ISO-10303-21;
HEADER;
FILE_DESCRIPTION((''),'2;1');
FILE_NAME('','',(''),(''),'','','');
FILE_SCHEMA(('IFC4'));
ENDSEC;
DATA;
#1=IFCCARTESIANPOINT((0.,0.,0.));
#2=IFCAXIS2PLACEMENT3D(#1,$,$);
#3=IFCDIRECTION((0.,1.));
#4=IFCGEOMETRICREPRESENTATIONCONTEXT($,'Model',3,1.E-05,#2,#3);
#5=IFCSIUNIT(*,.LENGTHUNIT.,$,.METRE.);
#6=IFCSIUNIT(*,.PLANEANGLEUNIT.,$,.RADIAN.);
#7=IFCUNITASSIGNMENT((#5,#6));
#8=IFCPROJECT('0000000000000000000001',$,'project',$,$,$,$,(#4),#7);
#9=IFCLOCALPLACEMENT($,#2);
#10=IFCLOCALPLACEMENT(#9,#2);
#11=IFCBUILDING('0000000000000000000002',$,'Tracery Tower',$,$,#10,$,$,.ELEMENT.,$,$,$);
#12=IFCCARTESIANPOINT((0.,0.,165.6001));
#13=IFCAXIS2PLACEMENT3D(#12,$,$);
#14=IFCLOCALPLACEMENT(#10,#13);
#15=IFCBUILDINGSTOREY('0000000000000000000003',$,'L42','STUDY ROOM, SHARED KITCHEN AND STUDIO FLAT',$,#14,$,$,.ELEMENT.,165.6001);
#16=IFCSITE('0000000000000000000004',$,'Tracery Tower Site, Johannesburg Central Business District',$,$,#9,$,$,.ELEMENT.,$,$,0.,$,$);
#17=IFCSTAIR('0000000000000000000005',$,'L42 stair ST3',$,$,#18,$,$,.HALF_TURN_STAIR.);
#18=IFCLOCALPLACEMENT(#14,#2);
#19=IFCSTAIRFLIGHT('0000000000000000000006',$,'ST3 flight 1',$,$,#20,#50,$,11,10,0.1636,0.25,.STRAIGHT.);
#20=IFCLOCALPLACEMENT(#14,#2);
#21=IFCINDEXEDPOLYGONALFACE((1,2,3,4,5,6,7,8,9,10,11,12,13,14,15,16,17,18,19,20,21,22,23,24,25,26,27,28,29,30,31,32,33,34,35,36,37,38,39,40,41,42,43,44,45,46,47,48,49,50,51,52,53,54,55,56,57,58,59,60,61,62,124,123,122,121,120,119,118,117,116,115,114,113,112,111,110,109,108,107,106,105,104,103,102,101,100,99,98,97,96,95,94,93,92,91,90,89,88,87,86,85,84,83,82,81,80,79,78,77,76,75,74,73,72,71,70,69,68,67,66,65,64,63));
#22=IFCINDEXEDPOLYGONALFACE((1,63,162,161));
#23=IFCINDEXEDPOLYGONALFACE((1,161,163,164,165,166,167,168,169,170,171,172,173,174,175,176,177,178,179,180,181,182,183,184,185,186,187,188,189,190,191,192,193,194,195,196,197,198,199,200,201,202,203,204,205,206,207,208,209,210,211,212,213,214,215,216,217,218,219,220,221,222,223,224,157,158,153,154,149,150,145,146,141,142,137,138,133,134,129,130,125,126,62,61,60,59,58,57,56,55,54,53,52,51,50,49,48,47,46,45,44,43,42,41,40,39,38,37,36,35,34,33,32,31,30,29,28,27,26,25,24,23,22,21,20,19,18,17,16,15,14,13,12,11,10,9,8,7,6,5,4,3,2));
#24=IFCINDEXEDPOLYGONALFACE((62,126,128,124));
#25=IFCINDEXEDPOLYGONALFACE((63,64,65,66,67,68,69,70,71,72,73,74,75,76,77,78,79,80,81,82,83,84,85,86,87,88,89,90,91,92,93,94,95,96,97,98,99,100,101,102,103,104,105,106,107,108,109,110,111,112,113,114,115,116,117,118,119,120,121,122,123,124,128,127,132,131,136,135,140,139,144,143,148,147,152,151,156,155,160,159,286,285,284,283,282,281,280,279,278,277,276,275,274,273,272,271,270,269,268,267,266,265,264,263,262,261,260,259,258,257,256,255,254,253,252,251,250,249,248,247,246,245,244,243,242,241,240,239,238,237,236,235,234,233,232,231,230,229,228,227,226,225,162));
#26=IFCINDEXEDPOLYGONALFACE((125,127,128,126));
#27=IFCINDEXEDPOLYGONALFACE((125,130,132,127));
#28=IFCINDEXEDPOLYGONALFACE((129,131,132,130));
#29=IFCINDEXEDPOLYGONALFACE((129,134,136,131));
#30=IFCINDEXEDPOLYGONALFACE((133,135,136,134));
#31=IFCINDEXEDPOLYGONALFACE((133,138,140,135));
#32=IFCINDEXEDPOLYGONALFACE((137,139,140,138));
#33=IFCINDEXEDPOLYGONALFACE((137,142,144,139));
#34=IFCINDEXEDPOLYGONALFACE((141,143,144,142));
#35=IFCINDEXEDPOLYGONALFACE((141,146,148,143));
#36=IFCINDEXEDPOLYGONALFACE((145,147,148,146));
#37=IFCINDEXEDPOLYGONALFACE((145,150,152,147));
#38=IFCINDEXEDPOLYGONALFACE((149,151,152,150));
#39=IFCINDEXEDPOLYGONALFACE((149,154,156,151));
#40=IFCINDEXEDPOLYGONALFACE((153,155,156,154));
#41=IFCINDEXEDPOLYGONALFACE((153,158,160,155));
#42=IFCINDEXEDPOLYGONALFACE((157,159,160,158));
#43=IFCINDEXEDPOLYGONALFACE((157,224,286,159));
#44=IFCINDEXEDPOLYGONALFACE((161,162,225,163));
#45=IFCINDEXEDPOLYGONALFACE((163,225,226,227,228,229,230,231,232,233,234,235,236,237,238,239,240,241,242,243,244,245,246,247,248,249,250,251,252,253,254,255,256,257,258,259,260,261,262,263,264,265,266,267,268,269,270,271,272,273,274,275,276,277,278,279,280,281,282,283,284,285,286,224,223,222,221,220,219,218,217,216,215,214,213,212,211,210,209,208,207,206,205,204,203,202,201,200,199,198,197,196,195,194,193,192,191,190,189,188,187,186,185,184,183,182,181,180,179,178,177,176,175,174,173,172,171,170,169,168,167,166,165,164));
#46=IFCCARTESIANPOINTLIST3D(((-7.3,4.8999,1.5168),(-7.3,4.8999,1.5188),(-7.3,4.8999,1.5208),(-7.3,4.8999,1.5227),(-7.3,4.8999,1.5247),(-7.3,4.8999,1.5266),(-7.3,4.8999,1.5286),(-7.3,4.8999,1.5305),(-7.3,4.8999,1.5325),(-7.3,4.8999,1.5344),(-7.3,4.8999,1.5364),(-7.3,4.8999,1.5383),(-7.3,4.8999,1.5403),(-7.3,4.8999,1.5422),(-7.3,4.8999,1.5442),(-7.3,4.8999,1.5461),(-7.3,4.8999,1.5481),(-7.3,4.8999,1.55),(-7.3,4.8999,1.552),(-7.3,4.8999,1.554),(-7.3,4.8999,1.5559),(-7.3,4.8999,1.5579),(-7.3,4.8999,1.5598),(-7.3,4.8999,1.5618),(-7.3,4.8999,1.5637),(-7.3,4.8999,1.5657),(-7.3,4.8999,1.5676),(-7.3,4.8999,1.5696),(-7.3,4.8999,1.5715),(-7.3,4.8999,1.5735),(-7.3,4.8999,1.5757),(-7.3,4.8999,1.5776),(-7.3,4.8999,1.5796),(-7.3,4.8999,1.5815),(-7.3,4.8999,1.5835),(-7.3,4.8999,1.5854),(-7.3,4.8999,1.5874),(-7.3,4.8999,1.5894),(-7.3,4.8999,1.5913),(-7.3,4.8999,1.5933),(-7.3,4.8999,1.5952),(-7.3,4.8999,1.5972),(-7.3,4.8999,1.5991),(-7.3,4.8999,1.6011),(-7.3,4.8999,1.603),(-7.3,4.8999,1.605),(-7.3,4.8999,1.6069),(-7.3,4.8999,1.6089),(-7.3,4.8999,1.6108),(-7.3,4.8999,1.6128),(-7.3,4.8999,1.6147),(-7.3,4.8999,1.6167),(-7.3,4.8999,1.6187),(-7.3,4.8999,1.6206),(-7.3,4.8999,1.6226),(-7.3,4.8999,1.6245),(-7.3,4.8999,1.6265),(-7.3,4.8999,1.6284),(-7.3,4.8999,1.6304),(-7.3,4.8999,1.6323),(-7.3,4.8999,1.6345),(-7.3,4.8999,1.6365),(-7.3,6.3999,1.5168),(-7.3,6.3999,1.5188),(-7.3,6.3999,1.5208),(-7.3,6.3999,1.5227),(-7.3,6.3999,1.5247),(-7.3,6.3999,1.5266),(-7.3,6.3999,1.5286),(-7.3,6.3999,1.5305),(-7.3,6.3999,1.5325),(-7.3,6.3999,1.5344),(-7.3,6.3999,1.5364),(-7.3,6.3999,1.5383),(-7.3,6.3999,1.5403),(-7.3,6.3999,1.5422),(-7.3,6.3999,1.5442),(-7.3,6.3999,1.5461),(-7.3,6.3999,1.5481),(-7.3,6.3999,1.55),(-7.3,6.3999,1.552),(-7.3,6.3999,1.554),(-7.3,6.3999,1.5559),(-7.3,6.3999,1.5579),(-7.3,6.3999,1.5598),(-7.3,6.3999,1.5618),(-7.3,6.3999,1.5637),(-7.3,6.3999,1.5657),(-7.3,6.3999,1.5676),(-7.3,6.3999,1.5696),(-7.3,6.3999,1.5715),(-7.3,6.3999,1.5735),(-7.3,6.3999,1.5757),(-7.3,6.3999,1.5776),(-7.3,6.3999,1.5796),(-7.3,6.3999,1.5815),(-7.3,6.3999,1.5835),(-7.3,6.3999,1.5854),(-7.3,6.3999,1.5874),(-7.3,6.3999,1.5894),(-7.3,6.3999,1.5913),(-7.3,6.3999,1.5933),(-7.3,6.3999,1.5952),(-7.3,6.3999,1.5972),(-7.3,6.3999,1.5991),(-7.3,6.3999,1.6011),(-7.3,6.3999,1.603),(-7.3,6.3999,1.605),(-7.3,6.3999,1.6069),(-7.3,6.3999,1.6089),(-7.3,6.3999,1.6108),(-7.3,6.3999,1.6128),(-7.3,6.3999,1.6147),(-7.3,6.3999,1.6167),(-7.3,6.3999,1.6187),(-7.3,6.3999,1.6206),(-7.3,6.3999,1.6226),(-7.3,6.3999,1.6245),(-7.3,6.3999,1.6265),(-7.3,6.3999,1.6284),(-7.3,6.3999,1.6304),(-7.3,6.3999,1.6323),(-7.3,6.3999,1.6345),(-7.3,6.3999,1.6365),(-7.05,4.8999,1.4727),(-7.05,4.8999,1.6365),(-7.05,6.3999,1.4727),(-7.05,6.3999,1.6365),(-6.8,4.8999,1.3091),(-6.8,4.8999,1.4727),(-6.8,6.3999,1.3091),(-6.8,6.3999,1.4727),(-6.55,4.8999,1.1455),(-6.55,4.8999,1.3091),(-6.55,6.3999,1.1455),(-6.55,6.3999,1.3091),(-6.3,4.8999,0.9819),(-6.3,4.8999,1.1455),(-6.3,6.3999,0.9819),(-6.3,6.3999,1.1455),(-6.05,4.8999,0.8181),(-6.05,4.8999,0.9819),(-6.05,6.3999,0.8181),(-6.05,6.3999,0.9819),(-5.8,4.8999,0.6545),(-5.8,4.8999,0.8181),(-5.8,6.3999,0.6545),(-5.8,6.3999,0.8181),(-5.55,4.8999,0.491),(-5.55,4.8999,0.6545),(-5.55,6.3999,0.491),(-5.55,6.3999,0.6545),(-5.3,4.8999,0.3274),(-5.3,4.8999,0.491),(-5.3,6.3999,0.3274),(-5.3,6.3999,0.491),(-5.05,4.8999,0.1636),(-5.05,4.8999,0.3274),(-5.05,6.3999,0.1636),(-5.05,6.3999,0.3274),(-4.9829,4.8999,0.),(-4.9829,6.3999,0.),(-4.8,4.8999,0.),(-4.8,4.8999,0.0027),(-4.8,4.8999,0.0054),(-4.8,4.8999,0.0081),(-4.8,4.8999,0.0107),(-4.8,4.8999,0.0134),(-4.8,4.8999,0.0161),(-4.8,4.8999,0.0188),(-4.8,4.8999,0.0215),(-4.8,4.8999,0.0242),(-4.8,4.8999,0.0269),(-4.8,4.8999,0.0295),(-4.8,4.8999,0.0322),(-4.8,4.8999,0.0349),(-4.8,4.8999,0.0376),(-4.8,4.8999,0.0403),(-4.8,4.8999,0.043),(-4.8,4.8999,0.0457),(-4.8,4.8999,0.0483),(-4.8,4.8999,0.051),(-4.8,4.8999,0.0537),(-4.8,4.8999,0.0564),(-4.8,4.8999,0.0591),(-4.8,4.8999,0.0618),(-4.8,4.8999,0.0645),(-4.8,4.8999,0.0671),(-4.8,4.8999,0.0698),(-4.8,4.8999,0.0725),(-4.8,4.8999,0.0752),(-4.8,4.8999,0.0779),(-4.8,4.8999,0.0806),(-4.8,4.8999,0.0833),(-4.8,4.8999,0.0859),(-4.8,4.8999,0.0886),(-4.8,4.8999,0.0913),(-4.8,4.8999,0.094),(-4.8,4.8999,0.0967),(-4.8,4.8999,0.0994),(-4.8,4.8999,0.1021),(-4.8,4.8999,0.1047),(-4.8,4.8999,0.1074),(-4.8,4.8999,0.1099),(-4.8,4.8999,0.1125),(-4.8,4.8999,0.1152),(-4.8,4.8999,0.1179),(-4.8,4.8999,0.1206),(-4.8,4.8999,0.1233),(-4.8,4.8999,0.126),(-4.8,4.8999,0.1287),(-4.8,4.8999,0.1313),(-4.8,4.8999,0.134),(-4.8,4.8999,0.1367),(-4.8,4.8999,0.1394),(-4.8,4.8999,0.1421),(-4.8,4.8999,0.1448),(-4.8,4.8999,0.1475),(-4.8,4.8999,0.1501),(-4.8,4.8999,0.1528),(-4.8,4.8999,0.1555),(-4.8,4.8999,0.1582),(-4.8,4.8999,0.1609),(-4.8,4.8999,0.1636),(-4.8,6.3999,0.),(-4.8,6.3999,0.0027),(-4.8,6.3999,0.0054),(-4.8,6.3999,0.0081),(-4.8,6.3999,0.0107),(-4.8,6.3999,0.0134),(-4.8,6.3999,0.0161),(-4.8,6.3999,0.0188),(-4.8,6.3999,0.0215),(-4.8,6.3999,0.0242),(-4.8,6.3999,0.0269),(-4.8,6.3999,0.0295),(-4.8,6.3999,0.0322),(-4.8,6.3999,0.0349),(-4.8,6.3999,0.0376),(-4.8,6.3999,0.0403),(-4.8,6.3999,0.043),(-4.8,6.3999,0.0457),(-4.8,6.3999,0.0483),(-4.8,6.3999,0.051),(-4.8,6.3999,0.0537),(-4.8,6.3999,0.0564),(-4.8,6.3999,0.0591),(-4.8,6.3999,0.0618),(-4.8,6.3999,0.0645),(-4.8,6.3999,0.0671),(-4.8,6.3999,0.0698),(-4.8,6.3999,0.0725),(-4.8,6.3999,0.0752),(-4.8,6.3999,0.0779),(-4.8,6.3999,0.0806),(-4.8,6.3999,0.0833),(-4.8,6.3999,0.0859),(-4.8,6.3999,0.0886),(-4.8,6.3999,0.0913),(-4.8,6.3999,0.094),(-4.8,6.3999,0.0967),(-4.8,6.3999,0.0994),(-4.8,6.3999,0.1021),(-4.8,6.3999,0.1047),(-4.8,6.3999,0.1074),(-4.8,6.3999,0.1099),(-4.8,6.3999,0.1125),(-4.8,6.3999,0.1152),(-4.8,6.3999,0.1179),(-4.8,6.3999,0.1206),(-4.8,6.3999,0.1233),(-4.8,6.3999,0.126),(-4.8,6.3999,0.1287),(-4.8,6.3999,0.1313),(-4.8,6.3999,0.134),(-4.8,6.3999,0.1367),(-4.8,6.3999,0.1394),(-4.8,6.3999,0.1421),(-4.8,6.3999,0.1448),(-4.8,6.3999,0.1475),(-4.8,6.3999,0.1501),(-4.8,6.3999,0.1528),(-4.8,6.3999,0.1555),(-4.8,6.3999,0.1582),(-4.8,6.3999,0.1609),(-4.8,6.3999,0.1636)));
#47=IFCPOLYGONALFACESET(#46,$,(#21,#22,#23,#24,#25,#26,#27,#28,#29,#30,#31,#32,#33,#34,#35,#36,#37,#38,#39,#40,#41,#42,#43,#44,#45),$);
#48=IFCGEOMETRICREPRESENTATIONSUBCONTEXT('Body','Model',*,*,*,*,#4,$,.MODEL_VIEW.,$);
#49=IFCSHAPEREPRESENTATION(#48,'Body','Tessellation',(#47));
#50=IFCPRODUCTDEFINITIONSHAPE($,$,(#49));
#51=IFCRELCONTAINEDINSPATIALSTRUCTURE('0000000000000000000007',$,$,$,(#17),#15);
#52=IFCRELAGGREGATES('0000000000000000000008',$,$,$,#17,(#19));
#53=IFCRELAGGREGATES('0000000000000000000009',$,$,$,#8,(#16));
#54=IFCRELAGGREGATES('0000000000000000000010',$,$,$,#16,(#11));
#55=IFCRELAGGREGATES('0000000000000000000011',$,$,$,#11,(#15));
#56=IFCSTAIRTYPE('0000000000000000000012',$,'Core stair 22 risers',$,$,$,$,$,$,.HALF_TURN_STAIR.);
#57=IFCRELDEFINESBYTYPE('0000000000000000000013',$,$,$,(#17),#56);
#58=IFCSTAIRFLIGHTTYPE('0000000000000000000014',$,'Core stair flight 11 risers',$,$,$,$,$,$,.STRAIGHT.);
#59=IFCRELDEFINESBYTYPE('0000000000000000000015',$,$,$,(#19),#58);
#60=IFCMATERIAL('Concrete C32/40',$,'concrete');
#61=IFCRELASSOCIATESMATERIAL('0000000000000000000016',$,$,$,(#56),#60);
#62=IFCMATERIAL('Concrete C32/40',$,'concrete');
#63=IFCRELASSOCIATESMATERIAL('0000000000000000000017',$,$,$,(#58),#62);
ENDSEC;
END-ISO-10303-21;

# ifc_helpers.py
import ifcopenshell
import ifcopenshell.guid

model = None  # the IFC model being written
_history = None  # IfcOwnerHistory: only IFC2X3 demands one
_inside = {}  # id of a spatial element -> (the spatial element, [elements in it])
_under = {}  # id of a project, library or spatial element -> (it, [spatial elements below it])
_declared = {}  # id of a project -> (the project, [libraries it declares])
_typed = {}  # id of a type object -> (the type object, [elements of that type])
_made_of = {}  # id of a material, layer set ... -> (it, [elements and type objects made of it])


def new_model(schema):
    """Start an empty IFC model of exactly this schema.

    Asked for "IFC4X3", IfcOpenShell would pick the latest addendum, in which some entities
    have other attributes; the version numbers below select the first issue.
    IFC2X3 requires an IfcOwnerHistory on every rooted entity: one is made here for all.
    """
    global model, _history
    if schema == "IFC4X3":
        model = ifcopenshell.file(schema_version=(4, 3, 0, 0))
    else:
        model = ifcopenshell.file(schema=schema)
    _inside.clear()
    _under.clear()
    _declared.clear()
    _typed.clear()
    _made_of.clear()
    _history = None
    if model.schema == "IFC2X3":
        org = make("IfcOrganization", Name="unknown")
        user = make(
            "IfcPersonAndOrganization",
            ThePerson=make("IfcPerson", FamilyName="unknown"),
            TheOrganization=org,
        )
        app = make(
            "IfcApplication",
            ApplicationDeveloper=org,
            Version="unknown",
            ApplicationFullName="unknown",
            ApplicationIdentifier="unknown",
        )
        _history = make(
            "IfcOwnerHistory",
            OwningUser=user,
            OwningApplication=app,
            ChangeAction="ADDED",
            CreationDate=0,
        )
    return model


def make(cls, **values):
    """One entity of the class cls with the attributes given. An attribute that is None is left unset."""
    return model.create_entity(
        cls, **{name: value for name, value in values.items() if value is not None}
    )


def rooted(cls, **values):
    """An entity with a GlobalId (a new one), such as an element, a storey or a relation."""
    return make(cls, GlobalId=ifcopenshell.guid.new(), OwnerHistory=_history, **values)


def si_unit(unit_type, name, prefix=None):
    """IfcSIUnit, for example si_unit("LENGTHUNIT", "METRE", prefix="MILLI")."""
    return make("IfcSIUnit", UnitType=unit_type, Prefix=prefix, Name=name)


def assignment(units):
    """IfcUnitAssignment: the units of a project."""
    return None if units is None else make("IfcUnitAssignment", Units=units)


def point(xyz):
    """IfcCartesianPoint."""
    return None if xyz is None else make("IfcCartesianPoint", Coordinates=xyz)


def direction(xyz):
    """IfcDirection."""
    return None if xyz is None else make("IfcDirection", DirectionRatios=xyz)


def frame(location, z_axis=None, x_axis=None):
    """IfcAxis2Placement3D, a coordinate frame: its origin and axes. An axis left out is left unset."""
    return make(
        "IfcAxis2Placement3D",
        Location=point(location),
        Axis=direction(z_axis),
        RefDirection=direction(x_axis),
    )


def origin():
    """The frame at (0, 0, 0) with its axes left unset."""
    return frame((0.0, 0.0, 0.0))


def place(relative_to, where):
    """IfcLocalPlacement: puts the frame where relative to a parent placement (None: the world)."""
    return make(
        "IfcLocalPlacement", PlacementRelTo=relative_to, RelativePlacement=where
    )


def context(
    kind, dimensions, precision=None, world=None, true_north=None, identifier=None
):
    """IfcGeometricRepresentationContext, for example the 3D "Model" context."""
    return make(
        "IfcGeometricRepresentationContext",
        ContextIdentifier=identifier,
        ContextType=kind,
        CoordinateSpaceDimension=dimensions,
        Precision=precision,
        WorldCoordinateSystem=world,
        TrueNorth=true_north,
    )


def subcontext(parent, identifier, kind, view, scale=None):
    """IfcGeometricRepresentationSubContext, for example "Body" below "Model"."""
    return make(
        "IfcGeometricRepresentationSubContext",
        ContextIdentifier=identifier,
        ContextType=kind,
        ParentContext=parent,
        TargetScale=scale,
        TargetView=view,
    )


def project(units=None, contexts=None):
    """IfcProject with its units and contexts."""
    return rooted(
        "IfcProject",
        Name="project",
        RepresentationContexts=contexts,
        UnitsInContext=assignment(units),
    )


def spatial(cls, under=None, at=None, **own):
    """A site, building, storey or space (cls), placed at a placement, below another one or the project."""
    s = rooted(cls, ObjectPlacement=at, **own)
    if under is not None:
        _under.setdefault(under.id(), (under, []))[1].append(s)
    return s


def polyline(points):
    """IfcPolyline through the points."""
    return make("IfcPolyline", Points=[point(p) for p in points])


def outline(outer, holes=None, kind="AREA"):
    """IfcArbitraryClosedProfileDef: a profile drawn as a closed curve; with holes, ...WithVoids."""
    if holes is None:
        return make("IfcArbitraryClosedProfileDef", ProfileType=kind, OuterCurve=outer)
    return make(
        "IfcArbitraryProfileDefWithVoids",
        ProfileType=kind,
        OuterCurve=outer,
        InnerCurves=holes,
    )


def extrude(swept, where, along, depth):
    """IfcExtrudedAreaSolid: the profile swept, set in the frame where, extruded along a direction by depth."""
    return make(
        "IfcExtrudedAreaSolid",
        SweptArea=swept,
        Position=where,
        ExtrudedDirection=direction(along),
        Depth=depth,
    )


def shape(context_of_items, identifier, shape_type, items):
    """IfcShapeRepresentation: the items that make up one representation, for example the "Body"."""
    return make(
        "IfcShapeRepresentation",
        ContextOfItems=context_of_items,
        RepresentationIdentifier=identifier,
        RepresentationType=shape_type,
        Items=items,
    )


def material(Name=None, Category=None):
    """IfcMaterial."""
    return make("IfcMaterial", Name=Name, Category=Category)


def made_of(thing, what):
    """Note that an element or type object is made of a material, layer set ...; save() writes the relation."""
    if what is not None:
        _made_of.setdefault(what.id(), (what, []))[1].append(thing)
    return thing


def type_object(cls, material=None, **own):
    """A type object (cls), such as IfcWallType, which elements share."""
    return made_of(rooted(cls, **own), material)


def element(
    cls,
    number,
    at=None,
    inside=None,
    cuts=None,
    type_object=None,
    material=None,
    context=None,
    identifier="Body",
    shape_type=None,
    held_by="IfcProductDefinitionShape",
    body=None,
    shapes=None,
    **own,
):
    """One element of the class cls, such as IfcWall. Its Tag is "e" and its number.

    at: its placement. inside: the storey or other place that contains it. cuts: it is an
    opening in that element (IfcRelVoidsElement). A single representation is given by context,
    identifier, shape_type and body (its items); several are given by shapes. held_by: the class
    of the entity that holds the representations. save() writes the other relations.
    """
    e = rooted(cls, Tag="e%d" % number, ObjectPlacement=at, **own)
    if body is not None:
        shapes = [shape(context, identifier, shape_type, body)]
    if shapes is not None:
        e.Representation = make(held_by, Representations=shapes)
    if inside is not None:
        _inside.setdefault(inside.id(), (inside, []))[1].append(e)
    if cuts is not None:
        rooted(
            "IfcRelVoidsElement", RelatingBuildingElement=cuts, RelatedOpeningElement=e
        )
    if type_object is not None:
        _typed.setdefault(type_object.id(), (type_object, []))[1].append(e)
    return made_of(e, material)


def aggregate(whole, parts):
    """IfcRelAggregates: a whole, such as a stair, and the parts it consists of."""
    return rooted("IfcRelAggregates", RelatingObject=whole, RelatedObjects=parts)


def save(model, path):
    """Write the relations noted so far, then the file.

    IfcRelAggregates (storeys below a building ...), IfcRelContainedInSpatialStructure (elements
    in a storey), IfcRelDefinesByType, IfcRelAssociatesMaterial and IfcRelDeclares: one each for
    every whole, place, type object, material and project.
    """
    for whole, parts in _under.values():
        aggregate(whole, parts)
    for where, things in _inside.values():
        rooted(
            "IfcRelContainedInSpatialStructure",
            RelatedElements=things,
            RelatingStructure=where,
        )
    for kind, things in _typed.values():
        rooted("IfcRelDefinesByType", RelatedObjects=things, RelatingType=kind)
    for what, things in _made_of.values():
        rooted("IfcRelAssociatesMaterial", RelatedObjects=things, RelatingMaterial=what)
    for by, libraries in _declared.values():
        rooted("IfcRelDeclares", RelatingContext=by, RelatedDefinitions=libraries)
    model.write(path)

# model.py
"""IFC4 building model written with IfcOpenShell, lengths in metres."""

from ifc_helpers import new_model, si_unit, direction, frame, origin, place, context, subcontext, project, spatial, polyline, outline, extrude, material, type_object, element, aggregate, save


model = new_model("IFC4")

# Units and contexts
model_context = context("Model", 3, precision=1e-05, world=origin(), true_north=direction((0.0, 1.0)))
body_context = subcontext(model_context, "Body", "Model", "MODEL_VIEW")
ifc_project = project(units=[si_unit("LENGTHUNIT", "METRE"), si_unit("PLANEANGLEUNIT", "RADIAN")], contexts=[model_context])

# Site, building, storey
site_placement = place(None, origin())
site = spatial("IfcSite", under=ifc_project, at=site_placement, Name="Tracery Tower Site, Johannesburg Central Business District", CompositionType="ELEMENT", RefElevation=0.0)
building_placement = place(site_placement, origin())
building = spatial("IfcBuilding", under=site, at=building_placement, Name="Tracery Tower", CompositionType="ELEMENT")
storey_placement = place(building_placement, frame((0.0, 0.0, 165.6001)))
storey = spatial("IfcBuildingStorey", under=building, at=storey_placement, Name="L42", Description="STUDY ROOM, SHARED KITCHEN AND STUDIO FLAT", CompositionType="ELEMENT", Elevation=165.6001)

# Stair, stair flight
ifc_material_1 = material(Name="Concrete C32/40", Category="concrete")
stair_type = type_object("IfcStairType", Name="Core stair 22 risers", PredefinedType="HALF_TURN_STAIR", material=ifc_material_1)
stair_placement = place(storey_placement, origin())
stair = element("IfcStair", 1, at=stair_placement, inside=storey, type_object=stair_type, Name="L42 stair ST3", PredefinedType="HALF_TURN_STAIR")
ifc_material_2 = material(Name="Concrete C32/40", Category="concrete")
stair_flight_type = type_object("IfcStairFlightType", Name="Core stair flight 11 risers", PredefinedType="STRAIGHT", material=ifc_material_2)
stair_flight_1_placement = place(storey_placement, frame((-4.8, 5.6499, 0.0), z_axis=(0.0, 0.0, 1.0), x_axis=(-1.0, 0.0, 0.0)))
stair_flight_1 = element("IfcStairFlight", 2, at=stair_flight_1_placement, type_object=stair_flight_type, Name="ST3 flight 1", NumberOfRisers=11, NumberOfTreads=10, PredefinedType="STRAIGHT", RiserHeight=0.1636, TreadLength=0.25, context=body_context, shape_type="SweptSolid", body=[
    extrude(outline(polyline([(0.0, 0.0), (0.0, 0.0027), (0.0, 0.0054), (0.0, 0.0081), (0.0, 0.0107), (0.0, 0.0134), (0.0, 0.0161), (0.0, 0.0188), (0.0, 0.0215), (0.0, 0.0242), (0.0, 0.0269), (0.0, 0.0295), (0.0, 0.0322), (0.0, 0.0349), (0.0, 0.0376), (0.0, 0.0403), (0.0, 0.043), (0.0, 0.0457), (0.0, 0.0483), (0.0, 0.051), (0.0, 0.0537), (0.0, 0.0564), (0.0, 0.0591), (0.0, 0.0618), (0.0, 0.0645), (0.0, 0.0671), (0.0, 0.0698), (0.0, 0.0725), (0.0, 0.0752), (0.0, 0.0779), (0.0, 0.0806), (0.0, 0.0833), (0.0, 0.0859), (0.0, 0.0886), (0.0, 0.0913), (0.0, 0.094), (0.0, 0.0967), (0.0, 0.0994), (0.0, 0.1021), (0.0, 0.1047), (0.0, 0.1074), (0.0, 0.1099), (0.0, 0.1125), (0.0, 0.1152), (0.0, 0.1179), (0.0, 0.1206), (0.0, 0.1233), (0.0, 0.126), (0.0, 0.1287), (0.0, 0.1313), (0.0, 0.134), (0.0, 0.1367), (0.0, 0.1394), (0.0, 0.1421), (0.0, 0.1448), (0.0, 0.1475), (0.0, 0.1501), (0.0, 0.1528), (0.0, 0.1555), (0.0, 0.1582), (0.0, 0.1609), (0.0, 0.1636), (0.25, 0.1636), (0.25, 0.3274), (0.5, 0.3274), (0.5, 0.491), (0.75, 0.491), (0.75, 0.6545), (1.0, 0.6545), (1.0, 0.8181), (1.25, 0.8181), (1.25, 0.9819), (1.5, 0.9819), (1.5, 1.1455), (1.75, 1.1455), (1.75, 1.3091), (2.0, 1.3091), (2.0, 1.4727), (2.25, 1.4727), (2.25, 1.6365), (2.5, 1.6365), (2.5, 1.6345), (2.5, 1.6323), (2.5, 1.6304), (2.5, 1.6284), (2.5, 1.6265), (2.5, 1.6245), (2.5, 1.6226), (2.5, 1.6206), (2.5, 1.6187), (2.5, 1.6167), (2.5, 1.6147), (2.5, 1.6128), (2.5, 1.6108), (2.5, 1.6089), (2.5, 1.6069), (2.5, 1.605), (2.5, 1.603), (2.5, 1.6011), (2.5, 1.5991), (2.5, 1.5972), (2.5, 1.5952), (2.5, 1.5933), (2.5, 1.5913), (2.5, 1.5894), (2.5, 1.5874), (2.5, 1.5854), (2.5, 1.5835), (2.5, 1.5815), (2.5, 1.5796), (2.5, 1.5776), (2.5, 1.5757), (2.5, 1.5735), (2.5, 1.5715), (2.5, 1.5696), (2.5, 1.5676), (2.5, 1.5657), (2.5, 1.5637), (2.5, 1.5618), (2.5, 1.5598), (2.5, 1.5579), (2.5, 1.5559), (2.5, 1.554), (2.5, 1.552), (2.5, 1.55), (2.5, 1.5481), (2.5, 1.5461), (2.5, 1.5442), (2.5, 1.5422), (2.5, 1.5403), (2.5, 1.5383), (2.5, 1.5364), (2.5, 1.5344), (2.5, 1.5325), (2.5, 1.5305), (2.5, 1.5286), (2.5, 1.5266), (2.5, 1.5247), (2.5, 1.5227), (2.5, 1.5208), (2.5, 1.5188), (2.5, 1.5168), (0.1829, 0.0), (0.0, 0.0)])), frame((0.0, 0.75, 0.0), z_axis=(0.0, -1.0, 0.0), x_axis=(1.0, 0.0, 0.0)), (0.0, 0.0, 1.0), 1.5),
])
aggregate(stair, [stair_flight_1])

save(model, "model.ifc")
